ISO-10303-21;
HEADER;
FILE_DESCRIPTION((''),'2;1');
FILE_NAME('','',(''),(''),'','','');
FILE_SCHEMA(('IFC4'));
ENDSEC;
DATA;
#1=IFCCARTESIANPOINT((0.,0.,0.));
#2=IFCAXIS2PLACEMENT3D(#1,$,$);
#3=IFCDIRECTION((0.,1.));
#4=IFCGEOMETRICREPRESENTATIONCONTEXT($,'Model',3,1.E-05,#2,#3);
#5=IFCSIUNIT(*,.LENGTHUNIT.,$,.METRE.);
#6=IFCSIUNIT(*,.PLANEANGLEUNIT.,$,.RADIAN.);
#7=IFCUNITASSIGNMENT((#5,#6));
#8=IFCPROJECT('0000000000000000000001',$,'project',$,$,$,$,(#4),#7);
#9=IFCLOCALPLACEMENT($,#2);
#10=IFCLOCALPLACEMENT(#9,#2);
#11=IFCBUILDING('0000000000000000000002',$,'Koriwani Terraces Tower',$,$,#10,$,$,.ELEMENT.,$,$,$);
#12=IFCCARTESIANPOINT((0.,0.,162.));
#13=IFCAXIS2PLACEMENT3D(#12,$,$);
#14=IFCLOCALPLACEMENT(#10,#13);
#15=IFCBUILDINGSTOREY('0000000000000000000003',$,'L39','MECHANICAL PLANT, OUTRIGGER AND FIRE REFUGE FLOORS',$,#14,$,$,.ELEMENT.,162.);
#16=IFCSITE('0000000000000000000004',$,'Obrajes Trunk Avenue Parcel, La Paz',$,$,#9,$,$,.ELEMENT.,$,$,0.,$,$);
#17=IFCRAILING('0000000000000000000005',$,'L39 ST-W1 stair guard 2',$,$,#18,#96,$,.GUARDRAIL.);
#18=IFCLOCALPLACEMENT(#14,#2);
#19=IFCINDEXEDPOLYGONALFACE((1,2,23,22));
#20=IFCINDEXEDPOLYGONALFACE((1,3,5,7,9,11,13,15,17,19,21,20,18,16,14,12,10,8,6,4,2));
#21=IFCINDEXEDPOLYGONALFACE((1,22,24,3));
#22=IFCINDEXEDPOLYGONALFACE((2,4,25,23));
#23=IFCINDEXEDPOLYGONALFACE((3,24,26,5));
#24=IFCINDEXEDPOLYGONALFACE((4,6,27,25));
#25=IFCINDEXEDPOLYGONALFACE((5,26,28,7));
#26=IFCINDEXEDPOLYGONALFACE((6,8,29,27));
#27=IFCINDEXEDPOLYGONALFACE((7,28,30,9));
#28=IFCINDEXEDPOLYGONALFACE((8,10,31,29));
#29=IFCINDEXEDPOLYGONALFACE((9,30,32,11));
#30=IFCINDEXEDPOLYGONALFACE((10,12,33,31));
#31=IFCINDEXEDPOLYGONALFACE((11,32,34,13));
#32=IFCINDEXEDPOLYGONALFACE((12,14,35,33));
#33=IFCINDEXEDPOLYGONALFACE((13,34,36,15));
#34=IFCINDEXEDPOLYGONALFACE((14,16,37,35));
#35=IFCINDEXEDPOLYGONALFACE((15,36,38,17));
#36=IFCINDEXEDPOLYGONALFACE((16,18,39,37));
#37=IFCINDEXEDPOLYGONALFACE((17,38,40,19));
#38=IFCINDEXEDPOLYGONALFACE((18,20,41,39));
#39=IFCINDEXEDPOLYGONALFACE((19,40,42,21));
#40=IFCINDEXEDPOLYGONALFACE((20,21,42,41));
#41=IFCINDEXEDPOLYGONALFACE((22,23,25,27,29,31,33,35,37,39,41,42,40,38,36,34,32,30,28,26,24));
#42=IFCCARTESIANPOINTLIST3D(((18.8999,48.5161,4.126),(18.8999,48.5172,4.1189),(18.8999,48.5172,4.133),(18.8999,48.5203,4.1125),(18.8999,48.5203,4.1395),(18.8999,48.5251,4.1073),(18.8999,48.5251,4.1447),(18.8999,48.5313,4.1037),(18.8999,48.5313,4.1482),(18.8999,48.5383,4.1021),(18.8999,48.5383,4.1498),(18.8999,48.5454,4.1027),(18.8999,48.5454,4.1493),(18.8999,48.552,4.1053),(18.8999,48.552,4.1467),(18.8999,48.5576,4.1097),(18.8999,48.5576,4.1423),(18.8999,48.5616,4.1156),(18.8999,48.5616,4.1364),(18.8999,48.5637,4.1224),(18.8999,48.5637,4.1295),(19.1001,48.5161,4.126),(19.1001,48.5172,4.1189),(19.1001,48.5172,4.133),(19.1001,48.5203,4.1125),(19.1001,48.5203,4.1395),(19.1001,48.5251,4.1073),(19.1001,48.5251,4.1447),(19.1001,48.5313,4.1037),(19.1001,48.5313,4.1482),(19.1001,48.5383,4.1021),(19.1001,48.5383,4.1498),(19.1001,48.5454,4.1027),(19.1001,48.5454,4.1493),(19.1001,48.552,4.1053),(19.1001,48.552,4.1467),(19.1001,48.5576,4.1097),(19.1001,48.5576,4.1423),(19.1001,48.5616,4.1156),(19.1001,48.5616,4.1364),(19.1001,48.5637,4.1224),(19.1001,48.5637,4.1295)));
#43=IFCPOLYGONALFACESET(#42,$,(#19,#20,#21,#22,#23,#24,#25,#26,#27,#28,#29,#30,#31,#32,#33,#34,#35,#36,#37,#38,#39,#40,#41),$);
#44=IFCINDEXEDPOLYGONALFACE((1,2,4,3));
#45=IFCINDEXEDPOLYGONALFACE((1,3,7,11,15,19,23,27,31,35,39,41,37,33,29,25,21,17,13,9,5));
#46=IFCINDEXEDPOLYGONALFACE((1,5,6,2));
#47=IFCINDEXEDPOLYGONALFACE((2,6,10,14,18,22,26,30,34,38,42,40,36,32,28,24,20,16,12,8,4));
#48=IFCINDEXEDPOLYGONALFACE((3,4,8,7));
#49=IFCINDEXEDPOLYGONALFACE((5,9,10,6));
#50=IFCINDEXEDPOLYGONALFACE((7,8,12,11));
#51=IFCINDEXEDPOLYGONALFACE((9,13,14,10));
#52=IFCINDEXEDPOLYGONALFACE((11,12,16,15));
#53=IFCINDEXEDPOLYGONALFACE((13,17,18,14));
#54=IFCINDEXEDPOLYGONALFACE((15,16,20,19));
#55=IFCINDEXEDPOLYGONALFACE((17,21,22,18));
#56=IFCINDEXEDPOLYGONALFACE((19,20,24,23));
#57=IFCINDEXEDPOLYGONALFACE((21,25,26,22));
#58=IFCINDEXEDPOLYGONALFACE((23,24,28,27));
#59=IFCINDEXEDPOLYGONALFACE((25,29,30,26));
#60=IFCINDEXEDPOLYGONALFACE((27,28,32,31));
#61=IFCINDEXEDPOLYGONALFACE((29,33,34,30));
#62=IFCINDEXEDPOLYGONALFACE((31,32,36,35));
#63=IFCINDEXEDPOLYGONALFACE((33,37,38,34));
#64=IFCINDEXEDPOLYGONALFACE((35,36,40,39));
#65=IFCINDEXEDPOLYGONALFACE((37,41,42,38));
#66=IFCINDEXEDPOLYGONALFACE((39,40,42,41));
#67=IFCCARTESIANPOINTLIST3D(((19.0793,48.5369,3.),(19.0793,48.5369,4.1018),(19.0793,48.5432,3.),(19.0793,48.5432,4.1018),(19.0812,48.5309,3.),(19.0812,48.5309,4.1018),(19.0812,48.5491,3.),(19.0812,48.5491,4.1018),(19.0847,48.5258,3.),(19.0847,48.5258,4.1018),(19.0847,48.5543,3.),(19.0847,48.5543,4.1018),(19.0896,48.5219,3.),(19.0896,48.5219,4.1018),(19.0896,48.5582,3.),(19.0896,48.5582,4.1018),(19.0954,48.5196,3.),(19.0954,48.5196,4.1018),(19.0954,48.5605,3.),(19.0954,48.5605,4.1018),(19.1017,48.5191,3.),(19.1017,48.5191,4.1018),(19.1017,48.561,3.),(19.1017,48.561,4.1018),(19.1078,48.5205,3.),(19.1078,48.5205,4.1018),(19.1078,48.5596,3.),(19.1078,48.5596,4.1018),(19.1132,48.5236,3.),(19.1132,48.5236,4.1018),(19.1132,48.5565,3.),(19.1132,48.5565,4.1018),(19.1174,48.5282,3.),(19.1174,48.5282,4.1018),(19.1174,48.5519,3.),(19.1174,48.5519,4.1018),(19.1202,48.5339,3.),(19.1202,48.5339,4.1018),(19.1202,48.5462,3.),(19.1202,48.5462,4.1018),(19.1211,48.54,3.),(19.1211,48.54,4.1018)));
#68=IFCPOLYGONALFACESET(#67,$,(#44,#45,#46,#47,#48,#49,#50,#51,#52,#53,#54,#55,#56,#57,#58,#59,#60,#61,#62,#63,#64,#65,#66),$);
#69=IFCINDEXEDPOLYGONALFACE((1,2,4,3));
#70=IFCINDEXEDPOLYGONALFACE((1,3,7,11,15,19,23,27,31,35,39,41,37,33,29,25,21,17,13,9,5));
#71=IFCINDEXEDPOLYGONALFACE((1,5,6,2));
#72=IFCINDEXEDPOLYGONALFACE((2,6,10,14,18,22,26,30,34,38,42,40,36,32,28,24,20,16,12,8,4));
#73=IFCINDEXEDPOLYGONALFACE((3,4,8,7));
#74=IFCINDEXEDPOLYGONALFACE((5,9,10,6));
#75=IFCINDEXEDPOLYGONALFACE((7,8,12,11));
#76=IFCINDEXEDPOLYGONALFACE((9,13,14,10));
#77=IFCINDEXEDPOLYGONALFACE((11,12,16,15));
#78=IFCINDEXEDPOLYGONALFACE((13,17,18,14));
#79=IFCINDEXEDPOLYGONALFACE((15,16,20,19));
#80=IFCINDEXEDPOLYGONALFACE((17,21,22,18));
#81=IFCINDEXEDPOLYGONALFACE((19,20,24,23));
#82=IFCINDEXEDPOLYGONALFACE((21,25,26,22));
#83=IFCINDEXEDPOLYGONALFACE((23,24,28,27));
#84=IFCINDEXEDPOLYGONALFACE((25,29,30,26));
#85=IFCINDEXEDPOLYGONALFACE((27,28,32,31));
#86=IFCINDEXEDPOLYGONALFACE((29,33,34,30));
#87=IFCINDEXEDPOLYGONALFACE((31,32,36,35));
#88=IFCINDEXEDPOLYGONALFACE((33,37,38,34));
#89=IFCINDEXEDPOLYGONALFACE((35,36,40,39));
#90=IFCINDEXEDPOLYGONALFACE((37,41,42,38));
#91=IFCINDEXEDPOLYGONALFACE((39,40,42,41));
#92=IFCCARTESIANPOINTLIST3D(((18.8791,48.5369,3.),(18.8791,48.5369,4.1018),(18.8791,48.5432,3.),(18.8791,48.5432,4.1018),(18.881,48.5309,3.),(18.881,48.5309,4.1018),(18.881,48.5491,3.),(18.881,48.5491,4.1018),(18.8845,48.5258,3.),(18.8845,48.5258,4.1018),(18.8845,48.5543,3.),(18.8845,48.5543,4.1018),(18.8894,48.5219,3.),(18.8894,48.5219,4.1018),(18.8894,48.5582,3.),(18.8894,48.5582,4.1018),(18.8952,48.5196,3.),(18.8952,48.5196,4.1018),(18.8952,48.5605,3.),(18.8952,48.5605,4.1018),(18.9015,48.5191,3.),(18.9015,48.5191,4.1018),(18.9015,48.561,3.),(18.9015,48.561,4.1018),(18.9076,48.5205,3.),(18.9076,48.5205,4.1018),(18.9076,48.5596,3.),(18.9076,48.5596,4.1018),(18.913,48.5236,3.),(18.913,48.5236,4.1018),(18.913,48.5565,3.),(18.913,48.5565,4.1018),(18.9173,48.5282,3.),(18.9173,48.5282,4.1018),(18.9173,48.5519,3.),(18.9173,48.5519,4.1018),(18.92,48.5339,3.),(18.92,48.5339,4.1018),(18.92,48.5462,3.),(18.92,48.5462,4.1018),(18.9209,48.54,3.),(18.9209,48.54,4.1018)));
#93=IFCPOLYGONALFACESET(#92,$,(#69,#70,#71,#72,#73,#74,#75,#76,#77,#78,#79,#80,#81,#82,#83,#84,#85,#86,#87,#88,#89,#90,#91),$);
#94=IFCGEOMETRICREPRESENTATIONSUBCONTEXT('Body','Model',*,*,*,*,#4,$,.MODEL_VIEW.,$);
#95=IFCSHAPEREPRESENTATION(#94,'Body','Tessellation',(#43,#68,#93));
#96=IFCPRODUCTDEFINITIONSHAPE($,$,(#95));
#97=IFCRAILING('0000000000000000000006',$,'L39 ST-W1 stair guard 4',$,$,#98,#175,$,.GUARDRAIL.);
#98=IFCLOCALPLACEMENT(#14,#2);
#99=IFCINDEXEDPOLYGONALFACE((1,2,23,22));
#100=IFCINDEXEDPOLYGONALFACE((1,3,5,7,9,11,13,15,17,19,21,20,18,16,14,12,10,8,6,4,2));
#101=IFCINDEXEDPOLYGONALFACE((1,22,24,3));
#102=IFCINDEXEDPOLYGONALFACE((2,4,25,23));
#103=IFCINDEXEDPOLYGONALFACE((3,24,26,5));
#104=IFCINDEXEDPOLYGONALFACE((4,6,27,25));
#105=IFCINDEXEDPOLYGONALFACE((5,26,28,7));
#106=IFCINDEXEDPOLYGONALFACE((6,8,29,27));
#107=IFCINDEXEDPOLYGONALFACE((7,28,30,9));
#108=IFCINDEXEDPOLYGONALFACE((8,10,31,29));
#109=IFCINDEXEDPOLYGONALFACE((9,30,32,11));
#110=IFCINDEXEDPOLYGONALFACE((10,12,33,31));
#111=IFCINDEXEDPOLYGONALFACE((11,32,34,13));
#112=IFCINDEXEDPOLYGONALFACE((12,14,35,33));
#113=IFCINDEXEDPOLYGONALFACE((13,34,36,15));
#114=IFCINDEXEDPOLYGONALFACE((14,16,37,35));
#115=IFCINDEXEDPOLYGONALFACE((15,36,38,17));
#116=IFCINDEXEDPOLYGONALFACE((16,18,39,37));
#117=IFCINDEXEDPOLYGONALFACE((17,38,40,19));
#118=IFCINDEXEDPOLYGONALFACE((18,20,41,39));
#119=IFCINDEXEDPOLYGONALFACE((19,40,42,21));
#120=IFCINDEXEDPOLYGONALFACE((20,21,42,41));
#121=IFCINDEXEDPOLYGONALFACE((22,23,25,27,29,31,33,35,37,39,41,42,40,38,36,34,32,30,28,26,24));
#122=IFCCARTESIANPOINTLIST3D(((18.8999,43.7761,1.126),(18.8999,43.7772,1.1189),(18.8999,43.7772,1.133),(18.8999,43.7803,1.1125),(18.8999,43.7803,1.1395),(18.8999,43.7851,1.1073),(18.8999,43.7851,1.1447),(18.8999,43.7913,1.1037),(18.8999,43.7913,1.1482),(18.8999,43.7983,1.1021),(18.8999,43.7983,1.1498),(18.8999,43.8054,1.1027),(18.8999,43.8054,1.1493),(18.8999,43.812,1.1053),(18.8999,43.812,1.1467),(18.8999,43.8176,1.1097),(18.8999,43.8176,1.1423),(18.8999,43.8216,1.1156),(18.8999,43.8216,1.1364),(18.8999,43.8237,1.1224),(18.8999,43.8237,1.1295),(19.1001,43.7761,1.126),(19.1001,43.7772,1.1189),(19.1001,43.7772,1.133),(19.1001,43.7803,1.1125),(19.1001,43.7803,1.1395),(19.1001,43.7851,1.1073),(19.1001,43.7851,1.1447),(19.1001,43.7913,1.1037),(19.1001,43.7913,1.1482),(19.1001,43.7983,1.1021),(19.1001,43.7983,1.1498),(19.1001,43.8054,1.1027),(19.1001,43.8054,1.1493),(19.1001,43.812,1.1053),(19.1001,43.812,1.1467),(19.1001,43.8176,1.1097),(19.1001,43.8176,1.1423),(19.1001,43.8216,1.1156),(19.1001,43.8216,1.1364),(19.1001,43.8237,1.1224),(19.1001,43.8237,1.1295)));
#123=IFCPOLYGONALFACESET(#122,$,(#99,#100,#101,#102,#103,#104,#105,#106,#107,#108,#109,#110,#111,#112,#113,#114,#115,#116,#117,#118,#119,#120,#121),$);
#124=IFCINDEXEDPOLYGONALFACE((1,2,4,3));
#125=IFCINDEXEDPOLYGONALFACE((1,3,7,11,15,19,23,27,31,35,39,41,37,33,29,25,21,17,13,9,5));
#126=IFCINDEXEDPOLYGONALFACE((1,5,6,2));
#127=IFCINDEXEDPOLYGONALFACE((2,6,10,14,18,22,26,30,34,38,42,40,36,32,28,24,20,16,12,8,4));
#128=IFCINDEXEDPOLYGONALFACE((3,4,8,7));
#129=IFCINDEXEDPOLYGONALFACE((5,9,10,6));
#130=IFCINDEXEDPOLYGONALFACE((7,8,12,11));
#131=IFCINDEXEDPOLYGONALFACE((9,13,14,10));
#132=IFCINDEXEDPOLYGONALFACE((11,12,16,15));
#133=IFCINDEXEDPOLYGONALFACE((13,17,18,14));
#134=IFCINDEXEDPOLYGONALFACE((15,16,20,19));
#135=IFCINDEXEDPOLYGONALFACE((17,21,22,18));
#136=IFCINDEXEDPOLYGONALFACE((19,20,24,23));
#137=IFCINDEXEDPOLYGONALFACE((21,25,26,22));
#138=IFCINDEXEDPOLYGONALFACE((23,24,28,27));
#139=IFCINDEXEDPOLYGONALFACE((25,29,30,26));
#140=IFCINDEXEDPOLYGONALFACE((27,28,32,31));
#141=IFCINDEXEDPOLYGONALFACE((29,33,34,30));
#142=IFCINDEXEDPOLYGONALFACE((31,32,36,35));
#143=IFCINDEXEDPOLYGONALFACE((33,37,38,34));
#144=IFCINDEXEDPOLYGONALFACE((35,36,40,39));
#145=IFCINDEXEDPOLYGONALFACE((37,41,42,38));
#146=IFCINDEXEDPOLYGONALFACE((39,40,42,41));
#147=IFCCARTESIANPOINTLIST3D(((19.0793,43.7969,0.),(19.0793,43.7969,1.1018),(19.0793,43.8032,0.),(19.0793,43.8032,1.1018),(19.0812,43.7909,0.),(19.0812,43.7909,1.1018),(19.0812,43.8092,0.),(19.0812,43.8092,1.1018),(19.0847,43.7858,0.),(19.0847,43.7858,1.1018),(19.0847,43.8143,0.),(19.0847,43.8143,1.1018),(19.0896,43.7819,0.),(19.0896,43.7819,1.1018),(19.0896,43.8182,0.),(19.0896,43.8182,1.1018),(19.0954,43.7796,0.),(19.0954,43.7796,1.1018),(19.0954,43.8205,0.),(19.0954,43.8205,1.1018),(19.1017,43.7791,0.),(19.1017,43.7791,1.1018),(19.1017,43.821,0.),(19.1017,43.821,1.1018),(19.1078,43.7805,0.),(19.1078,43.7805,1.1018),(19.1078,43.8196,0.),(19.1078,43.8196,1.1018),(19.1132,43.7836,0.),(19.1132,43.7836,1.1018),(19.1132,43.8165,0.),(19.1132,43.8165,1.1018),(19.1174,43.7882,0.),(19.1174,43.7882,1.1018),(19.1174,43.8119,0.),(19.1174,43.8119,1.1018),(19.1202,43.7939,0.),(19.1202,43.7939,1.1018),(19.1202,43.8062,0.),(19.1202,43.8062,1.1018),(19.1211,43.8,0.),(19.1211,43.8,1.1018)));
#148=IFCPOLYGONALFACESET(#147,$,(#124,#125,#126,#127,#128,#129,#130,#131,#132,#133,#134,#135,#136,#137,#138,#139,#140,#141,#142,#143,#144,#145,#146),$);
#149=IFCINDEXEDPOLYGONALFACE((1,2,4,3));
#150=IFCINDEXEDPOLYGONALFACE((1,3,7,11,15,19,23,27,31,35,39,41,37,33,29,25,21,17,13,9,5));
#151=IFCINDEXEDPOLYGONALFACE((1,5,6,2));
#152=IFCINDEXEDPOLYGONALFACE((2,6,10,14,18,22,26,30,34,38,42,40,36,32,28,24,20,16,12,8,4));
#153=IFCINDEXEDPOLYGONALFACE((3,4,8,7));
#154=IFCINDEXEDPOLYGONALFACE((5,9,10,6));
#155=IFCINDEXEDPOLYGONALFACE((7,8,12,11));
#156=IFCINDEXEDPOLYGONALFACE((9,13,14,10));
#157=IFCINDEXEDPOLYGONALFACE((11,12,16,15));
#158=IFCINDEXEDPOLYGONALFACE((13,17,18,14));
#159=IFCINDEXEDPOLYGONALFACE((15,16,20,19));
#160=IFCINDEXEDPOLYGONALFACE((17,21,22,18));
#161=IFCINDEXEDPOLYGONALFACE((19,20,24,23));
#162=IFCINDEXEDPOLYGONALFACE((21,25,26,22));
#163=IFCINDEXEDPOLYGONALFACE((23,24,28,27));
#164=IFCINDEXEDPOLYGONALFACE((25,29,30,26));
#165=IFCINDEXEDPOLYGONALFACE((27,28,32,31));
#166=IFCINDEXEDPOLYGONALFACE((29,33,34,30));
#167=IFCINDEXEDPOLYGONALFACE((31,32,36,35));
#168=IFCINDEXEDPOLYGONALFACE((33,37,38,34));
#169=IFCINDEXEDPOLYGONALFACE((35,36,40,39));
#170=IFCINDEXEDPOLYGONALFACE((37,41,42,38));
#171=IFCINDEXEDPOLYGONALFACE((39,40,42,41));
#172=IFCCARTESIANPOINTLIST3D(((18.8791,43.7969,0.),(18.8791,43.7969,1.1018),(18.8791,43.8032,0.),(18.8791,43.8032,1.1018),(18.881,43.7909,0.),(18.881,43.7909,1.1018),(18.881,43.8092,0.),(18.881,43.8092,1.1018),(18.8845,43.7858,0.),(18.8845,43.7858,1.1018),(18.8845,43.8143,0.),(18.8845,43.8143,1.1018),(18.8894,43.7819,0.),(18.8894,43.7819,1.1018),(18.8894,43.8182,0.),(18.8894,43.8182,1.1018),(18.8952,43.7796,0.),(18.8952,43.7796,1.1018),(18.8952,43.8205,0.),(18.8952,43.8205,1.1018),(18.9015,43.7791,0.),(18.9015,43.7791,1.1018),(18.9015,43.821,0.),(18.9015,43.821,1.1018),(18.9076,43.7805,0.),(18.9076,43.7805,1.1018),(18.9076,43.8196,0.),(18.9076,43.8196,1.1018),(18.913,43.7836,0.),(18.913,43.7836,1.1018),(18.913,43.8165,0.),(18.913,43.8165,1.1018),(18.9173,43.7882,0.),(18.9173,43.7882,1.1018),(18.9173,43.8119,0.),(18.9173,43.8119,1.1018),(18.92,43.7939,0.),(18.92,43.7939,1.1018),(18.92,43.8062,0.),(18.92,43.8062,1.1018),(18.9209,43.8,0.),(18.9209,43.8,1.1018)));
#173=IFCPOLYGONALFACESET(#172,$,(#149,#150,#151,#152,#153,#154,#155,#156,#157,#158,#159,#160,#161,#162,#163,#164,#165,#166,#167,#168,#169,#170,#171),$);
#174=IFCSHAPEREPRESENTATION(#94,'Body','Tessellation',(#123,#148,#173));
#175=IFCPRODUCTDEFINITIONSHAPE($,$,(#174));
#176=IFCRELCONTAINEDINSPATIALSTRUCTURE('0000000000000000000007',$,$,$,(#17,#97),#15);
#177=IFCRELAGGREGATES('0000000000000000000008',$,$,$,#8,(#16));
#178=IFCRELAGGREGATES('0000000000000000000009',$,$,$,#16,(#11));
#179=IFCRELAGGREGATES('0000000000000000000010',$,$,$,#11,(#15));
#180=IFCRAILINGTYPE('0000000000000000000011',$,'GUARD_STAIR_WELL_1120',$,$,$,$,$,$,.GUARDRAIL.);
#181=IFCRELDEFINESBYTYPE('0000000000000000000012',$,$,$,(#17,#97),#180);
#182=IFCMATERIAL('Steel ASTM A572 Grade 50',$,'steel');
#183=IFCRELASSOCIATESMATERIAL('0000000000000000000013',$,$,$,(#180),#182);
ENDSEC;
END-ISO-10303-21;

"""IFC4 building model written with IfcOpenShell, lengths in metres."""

from ifc_helpers import new_model, si_unit, direction, frame, origin, origin_2d, place, context, subcontext, project, spatial, circle, extrude, material, type_object, element, save


model = new_model("IFC4")

# Units and contexts
model_context = context("Model", 3, precision=1e-05, world=origin(), true_north=direction((0.0, 1.0)))
body_context = subcontext(model_context, "Body", "Model", "MODEL_VIEW")
ifc_project = project(units=[si_unit("LENGTHUNIT", "METRE"), si_unit("PLANEANGLEUNIT", "RADIAN")], contexts=[model_context])

# Site, building, storey
site_placement = place(None, origin())
site = spatial("IfcSite", under=ifc_project, at=site_placement, Name="Obrajes Trunk Avenue Parcel, La Paz", CompositionType="ELEMENT", RefElevation=0.0)
building_placement = place(site_placement, origin())
building = spatial("IfcBuilding", under=site, at=building_placement, Name="Koriwani Terraces Tower", CompositionType="ELEMENT")
storey_placement = place(building_placement, frame((0.0, 0.0, 162.0)))
storey = spatial("IfcBuildingStorey", under=building, at=storey_placement, Name="L39", Description="MECHANICAL PLANT, OUTRIGGER AND FIRE REFUGE FLOORS", CompositionType="ELEMENT", Elevation=162.0)

# Shared definitions
ifc_material_1 = material(Name="Steel ASTM A572 Grade 50", Category="steel")

# Railings
railing_type_1 = type_object("IfcRailingType", Name="GUARD_STAIR_WELL_1120", PredefinedType="GUARDRAIL", material=ifc_material_1)
for number, where, name in (
    (1, (19.1001, 48.54, 3.0), "L39 ST-W1 stair guard 2"),
    (2, (19.1001, 43.8, 0.0), "L39 ST-W1 stair guard 4"),
):
    element("IfcRailing", number, at=place(storey_placement, frame(where)), inside=storey, type_object=railing_type_1, Name=name, PredefinedType="GUARDRAIL", context=body_context, shape_type="SweptSolid", body=[
        extrude(circle(Radius=0.0239, at=origin_2d()), frame((0.0, 0.0, 1.126), z_axis=(-1.0, 0.0, 0.0), x_axis=(0.0, -1.0, 0.0)), (0.0, 0.0, 1.0), 0.2002),
        extrude(circle(Radius=0.021, at=origin_2d()), origin(), (0.0, 0.0, 1.0), 1.1018),
        extrude(circle(Radius=0.021, at=origin_2d()), frame((-0.2002, 0.0, 0.0)), (0.0, 0.0, 1.0), 1.1018),
    ])

save(model, "model.ifc")
